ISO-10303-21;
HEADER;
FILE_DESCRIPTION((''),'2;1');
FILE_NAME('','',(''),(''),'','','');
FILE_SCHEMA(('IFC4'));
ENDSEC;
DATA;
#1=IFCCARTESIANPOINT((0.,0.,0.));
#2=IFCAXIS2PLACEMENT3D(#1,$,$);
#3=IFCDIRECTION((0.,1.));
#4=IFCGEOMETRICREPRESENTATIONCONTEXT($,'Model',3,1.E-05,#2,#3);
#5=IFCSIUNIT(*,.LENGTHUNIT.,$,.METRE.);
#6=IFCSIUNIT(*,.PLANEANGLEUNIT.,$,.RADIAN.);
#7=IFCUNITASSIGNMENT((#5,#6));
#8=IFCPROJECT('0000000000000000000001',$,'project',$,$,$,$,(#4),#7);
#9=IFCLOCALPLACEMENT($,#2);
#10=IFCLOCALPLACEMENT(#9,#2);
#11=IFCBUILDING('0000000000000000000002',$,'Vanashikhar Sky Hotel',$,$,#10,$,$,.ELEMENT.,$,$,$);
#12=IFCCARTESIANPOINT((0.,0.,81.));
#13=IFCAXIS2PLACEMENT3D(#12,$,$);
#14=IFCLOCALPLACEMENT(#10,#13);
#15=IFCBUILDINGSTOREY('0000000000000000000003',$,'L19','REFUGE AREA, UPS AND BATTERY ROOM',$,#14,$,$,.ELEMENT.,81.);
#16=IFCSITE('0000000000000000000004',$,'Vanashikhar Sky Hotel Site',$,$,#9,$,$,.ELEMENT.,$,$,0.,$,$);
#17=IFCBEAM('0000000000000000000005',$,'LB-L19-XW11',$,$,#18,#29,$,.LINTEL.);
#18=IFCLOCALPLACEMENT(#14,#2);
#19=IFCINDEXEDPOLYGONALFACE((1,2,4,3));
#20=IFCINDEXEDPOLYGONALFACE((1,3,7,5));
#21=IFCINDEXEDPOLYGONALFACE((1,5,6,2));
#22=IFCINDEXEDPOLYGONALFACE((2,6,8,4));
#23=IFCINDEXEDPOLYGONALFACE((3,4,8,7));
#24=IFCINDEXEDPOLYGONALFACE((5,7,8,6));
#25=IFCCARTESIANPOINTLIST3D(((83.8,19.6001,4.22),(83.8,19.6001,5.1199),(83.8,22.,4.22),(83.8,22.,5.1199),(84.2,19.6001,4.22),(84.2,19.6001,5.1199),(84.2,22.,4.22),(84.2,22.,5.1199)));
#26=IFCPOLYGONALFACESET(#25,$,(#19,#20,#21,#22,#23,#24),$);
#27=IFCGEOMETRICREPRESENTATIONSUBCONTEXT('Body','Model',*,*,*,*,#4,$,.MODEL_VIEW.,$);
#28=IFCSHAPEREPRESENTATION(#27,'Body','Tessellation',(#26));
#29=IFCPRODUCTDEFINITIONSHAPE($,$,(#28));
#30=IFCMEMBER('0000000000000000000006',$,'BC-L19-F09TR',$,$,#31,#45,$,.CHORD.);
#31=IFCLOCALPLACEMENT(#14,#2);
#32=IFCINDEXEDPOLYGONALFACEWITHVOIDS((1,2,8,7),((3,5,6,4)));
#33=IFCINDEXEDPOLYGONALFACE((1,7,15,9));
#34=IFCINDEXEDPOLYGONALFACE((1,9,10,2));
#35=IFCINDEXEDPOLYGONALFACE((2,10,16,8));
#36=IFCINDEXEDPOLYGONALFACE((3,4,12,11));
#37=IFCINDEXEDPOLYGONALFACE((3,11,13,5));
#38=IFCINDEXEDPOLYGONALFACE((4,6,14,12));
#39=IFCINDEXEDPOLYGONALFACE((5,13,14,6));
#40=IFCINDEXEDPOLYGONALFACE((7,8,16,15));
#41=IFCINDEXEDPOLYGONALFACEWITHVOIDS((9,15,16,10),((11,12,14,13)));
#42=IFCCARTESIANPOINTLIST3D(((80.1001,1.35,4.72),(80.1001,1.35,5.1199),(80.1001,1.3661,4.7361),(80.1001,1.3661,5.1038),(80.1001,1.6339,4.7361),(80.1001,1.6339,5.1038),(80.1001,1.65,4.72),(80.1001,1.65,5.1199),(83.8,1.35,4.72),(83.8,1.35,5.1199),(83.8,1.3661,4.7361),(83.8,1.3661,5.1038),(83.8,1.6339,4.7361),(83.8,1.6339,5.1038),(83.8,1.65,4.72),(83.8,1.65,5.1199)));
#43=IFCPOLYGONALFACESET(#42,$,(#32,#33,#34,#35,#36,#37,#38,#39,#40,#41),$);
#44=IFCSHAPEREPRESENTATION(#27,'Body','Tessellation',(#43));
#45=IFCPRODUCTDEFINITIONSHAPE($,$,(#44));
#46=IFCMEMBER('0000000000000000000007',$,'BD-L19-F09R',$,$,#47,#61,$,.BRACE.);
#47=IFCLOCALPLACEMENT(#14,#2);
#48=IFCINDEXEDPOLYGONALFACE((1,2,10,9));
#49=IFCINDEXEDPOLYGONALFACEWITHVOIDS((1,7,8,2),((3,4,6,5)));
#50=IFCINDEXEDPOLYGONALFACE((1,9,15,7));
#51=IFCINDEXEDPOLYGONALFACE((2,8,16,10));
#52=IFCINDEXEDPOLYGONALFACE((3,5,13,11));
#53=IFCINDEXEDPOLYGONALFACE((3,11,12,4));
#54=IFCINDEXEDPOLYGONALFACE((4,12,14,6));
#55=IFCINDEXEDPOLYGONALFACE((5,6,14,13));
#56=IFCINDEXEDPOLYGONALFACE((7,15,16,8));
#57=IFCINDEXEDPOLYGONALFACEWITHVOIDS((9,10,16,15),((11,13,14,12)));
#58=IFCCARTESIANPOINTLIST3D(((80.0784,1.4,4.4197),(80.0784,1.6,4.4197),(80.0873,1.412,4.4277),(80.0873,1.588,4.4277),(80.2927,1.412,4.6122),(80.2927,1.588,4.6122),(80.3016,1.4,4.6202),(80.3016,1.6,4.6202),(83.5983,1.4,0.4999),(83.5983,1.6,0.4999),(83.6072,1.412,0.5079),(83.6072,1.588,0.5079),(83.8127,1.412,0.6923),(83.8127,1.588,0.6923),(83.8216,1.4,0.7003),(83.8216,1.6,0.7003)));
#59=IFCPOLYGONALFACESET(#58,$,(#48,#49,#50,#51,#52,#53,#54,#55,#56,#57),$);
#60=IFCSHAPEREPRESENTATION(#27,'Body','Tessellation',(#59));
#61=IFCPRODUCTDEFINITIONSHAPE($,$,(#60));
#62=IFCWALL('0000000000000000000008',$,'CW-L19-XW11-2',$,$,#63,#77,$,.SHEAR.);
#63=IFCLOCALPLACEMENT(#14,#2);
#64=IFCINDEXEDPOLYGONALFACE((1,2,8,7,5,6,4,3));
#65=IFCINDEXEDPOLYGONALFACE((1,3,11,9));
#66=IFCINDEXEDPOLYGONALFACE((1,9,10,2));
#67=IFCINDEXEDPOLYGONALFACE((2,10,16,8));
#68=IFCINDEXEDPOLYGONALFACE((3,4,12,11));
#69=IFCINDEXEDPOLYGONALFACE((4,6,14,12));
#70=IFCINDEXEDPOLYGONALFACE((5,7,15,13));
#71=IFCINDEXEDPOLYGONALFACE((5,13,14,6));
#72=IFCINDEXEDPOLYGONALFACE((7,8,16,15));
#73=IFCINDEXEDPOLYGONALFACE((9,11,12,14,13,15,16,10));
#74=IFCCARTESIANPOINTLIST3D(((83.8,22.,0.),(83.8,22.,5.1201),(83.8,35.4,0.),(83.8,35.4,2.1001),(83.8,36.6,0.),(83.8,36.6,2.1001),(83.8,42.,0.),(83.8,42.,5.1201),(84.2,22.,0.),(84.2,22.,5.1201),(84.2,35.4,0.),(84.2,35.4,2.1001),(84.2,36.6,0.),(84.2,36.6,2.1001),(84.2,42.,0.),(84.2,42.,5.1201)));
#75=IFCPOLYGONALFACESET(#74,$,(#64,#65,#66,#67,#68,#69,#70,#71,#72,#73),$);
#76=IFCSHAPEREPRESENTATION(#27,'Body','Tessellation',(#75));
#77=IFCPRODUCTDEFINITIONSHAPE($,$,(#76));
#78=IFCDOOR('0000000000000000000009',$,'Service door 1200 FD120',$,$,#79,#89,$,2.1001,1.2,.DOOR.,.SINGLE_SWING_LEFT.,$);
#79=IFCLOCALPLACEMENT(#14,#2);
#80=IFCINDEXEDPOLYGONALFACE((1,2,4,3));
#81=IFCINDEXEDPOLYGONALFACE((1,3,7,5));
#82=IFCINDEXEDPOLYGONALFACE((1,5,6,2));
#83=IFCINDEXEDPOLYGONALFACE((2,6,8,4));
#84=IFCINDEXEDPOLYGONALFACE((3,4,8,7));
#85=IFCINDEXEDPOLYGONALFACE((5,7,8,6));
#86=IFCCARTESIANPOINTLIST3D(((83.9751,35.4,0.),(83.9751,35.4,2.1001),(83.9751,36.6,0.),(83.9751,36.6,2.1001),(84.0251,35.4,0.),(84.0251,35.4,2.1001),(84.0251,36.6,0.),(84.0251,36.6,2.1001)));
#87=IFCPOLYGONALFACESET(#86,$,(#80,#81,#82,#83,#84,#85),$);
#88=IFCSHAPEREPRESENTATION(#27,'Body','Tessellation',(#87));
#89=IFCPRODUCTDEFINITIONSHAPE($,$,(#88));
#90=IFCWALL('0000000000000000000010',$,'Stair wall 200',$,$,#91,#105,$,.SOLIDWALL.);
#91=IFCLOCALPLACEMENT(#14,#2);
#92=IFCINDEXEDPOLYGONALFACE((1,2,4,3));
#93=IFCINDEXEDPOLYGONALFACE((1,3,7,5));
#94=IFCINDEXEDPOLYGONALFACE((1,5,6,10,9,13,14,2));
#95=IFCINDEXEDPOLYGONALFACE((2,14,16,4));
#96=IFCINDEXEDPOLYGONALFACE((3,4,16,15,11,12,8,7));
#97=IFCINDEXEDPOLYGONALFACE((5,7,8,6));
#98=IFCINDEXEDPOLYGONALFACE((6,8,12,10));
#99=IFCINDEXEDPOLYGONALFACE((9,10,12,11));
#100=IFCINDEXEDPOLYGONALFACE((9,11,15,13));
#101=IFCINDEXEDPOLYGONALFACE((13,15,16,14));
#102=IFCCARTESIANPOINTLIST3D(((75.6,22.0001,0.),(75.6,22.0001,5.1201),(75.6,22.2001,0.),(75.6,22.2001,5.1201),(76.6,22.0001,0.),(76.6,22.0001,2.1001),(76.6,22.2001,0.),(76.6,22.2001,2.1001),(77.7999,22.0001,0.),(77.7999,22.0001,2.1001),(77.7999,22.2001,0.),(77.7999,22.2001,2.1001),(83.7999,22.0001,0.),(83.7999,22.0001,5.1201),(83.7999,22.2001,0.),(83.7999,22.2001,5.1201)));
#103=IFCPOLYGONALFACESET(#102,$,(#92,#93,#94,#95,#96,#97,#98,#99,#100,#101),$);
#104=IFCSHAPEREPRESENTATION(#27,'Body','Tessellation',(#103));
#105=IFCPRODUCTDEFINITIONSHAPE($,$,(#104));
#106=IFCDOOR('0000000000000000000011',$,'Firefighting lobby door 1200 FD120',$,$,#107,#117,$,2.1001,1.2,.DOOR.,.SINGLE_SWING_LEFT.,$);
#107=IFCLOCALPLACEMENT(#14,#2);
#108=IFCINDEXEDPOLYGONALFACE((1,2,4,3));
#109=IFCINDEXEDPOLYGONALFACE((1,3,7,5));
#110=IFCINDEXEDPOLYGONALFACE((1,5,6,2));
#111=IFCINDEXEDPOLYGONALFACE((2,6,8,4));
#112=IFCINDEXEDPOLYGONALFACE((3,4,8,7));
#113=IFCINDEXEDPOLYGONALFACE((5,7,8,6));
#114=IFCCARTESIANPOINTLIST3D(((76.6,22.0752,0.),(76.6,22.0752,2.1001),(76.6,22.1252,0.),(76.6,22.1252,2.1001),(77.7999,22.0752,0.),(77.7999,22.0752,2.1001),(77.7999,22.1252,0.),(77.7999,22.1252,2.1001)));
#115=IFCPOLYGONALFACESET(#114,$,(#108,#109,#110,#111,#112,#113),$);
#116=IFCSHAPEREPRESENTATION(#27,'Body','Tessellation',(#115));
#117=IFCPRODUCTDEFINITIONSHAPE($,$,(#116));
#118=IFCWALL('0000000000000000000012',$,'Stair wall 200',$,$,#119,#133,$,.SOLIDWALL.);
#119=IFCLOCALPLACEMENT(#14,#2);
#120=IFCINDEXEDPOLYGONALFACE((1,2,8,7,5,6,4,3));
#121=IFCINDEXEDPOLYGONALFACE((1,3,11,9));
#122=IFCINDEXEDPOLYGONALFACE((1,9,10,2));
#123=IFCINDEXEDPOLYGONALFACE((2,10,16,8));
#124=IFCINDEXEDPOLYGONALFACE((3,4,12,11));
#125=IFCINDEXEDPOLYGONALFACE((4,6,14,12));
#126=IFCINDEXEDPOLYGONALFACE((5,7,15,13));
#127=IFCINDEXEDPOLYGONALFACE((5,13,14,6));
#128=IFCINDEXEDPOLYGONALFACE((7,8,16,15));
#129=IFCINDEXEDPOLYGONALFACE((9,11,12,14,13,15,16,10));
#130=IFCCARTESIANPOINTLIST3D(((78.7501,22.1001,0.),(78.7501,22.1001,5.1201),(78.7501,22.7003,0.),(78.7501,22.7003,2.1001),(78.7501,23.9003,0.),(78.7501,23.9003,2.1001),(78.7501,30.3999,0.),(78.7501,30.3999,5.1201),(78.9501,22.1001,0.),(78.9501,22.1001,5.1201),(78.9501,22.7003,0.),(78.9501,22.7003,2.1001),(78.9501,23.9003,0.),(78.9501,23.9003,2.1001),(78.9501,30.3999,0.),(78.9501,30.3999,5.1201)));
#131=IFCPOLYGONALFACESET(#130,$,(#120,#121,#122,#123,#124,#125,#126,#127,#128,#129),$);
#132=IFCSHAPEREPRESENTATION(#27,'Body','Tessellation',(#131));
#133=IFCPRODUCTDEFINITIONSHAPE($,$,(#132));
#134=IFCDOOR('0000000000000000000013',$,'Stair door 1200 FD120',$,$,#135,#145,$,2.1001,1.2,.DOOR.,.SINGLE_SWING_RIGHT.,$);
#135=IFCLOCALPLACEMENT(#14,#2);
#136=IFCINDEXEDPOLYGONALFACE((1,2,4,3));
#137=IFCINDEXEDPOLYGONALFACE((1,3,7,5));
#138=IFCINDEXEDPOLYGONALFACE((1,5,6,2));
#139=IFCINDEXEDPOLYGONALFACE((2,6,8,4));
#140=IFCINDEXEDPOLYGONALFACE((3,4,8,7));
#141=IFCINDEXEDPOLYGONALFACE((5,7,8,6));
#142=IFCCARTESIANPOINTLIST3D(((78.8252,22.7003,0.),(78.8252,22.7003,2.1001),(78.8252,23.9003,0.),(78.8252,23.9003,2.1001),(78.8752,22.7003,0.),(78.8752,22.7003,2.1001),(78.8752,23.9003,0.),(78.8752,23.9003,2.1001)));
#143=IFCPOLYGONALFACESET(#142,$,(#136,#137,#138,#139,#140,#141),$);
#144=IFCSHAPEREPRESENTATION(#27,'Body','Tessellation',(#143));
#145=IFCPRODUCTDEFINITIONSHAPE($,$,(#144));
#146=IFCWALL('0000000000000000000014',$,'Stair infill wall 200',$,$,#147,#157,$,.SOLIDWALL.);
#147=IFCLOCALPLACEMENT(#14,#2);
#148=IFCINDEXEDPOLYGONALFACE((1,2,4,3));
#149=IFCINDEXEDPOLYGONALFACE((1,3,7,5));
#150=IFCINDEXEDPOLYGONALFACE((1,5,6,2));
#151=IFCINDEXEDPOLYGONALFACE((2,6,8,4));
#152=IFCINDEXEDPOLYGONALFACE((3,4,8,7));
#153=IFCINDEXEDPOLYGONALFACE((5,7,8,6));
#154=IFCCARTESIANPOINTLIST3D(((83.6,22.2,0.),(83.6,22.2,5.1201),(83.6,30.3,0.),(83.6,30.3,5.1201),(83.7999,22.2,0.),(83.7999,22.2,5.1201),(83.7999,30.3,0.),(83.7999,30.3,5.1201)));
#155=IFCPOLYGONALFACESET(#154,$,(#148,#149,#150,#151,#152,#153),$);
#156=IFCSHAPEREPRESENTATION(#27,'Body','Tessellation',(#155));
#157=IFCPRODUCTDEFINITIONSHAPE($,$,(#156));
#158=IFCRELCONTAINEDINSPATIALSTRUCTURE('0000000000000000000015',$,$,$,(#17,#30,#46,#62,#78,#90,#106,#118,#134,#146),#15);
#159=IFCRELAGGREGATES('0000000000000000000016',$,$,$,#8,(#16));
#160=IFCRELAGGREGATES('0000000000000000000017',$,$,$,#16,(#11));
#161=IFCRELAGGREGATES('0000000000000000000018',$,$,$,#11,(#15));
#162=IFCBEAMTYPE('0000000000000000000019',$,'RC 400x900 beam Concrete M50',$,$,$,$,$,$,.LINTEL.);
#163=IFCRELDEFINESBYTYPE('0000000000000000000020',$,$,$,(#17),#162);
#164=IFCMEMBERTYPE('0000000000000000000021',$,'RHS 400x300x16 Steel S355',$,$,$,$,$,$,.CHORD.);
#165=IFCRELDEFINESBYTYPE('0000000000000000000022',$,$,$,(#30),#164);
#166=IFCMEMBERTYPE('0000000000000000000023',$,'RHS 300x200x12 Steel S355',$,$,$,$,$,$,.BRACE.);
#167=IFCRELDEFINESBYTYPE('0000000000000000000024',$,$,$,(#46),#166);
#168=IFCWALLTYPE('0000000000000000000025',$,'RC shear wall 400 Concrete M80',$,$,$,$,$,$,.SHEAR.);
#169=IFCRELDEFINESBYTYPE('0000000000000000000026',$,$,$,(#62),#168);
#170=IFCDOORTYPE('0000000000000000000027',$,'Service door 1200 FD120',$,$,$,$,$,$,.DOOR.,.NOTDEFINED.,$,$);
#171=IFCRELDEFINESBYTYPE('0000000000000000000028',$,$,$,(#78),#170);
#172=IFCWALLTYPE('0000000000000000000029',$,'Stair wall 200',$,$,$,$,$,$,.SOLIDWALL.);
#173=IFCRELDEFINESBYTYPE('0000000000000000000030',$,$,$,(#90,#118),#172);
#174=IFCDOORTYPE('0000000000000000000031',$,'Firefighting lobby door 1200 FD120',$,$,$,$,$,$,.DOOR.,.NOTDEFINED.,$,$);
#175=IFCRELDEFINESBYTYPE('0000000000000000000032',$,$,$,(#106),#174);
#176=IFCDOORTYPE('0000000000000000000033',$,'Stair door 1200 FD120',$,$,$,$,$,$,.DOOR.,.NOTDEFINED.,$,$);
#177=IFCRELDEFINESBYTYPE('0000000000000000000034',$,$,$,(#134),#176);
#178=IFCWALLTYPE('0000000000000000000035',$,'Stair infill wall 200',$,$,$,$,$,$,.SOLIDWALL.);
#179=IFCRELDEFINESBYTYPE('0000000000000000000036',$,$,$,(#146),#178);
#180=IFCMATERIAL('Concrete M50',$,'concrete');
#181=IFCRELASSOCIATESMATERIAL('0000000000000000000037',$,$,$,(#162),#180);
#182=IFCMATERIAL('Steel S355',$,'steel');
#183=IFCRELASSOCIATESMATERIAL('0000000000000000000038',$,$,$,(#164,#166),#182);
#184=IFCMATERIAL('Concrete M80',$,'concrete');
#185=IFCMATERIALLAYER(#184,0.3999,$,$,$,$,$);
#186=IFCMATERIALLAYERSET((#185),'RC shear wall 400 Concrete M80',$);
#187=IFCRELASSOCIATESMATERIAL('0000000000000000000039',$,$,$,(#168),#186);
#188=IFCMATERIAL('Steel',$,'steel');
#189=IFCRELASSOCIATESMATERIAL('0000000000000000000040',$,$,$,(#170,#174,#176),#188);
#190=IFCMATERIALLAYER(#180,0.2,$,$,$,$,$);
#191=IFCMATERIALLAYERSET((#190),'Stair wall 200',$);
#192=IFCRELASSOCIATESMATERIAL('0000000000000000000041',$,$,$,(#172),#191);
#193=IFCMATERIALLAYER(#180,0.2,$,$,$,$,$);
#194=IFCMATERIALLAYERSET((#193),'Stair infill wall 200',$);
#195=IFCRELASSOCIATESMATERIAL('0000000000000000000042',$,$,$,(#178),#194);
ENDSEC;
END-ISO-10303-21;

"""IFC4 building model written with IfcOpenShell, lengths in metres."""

from ifc_helpers import new_model, si_unit, direction, frame, frame_2d, origin, origin_2d, place, context, subcontext, project, spatial, rectangle, hollow_rectangle, extrude, source, transform, mapped, material, layer, layer_set, material_profile, profile_set, type_object, element, fill, save


model = new_model("IFC4")

# Units and contexts
model_context = context("Model", 3, precision=1e-05, world=origin(), true_north=direction((0.0, 1.0)))
body_context = subcontext(model_context, "Body", "Model", "MODEL_VIEW")
ifc_project = project(units=[si_unit("LENGTHUNIT", "METRE"), si_unit("PLANEANGLEUNIT", "RADIAN")], contexts=[model_context])

# Site, building, storey
site_placement = place(None, origin())
site = spatial("IfcSite", under=ifc_project, at=site_placement, Name="Vanashikhar Sky Hotel Site", CompositionType="ELEMENT", RefElevation=0.0)
building_placement = place(site_placement, origin())
building = spatial("IfcBuilding", under=site, at=building_placement, Name="Vanashikhar Sky Hotel", CompositionType="ELEMENT")
storey_placement = place(building_placement, frame((0.0, 0.0, 81.0)))
storey = spatial("IfcBuildingStorey", under=building, at=storey_placement, Name="L19", Description="REFUGE AREA, UPS AND BATTERY ROOM", CompositionType="ELEMENT", Elevation=81.0)

# Beam
ifc_material_1 = material(Name="Concrete M50", Category="concrete")
ifc_material_profile_1 = material_profile(ifc_material_1, rectangle(XDim=0.3999, YDim=0.8999, at=origin_2d()))
ifc_profile_set_1 = profile_set([ifc_material_profile_1], Name="RC 400x900 beam Concrete M50")
beam_type = type_object("IfcBeamType", Name="RC 400x900 beam Concrete M50", PredefinedType="LINTEL", material=ifc_profile_set_1)
shared_shape_1 = source(origin(), body_context, "Body", "SweptSolid", [
    extrude(rectangle(XDim=0.3999, YDim=0.8999, at=origin_2d()), origin(), (0.0, 0.0, 1.0), 2.3999),
])
beam_placement = place(storey_placement, frame((84.0, 19.6001, 4.6699), z_axis=(0.0, 1.0, 0.0), x_axis=(-1.0, 0.0, 0.0)))
element("IfcBeam", 1, at=beam_placement, inside=storey, type_object=beam_type, Name="LB-L19-XW11", PredefinedType="LINTEL", context=body_context, shape_type="MappedRepresentation", body=[
    mapped(shared_shape_1, transform((0.0, 0.0, 0.0), scale=1.0)),
])

# Members
ifc_material_2 = material(Name="Steel S355", Category="steel")
ifc_material_profile_2 = material_profile(ifc_material_2, hollow_rectangle(XDim=0.3, YDim=0.3999, WallThickness=0.0161, at=origin_2d()))
ifc_profile_set_2 = profile_set([ifc_material_profile_2], Name="RHS 400x300x16 Steel S355")
member_type_1 = type_object("IfcMemberType", Name="RHS 400x300x16 Steel S355", PredefinedType="CHORD", material=ifc_profile_set_2)
shared_shape_2 = source(origin(), body_context, "Body", "SweptSolid", [
    extrude(hollow_rectangle(XDim=0.3, YDim=0.3999, WallThickness=0.0161, at=origin_2d()), origin(), (0.0, 0.0, 1.0), 3.7),
])
member_1_placement = place(storey_placement, frame((80.1001, 1.5, 4.9199), z_axis=(1.0, 0.0, 0.0), x_axis=(0.0, 1.0, 0.0)))
element("IfcMember", 2, at=member_1_placement, inside=storey, type_object=member_type_1, Name="BC-L19-F09TR", PredefinedType="CHORD", context=body_context, shape_type="MappedRepresentation", body=[
    mapped(shared_shape_2, transform((0.0, 0.0, 0.0), scale=1.0)),
])
ifc_material_profile_3 = material_profile(ifc_material_2, hollow_rectangle(XDim=0.2, YDim=0.3, WallThickness=0.012, at=origin_2d()))
ifc_profile_set_3 = profile_set([ifc_material_profile_3], Name="RHS 300x200x12 Steel S355")
member_type_2 = type_object("IfcMemberType", Name="RHS 300x200x12 Steel S355", PredefinedType="BRACE", material=ifc_profile_set_3)
shared_shape_3 = source(origin(), body_context, "Body", "SweptSolid", [
    extrude(hollow_rectangle(XDim=0.2, YDim=0.3, WallThickness=0.012, at=origin_2d()), origin(), (0.0, 0.0, 1.0), 5.2683),
])
member_2_placement = place(storey_placement, frame((83.71, 1.5, 0.6001), z_axis=(-0.668135, 0.0, 0.74404), x_axis=(0.0, -1.0, 0.0)))
element("IfcMember", 3, at=member_2_placement, inside=storey, type_object=member_type_2, Name="BD-L19-F09R", PredefinedType="BRACE", context=body_context, shape_type="MappedRepresentation", body=[
    mapped(shared_shape_3, transform((0.0, 0.0, 0.0), scale=1.0)),
])

# Walls, openings, doors
ifc_material_3 = material(Name="Concrete M80", Category="concrete")
ifc_layer_1 = layer(ifc_material_3, 0.3999)
ifc_layer_set_1 = layer_set([ifc_layer_1], Name="RC shear wall 400 Concrete M80")
wall_type_1 = type_object("IfcWallType", Name="RC shear wall 400 Concrete M80", PredefinedType="SHEAR", material=ifc_layer_set_1)
shared_shape_4 = source(origin(), body_context, "Body", "SweptSolid", [
    extrude(rectangle(XDim=20.0, YDim=0.3999, at=frame_2d((10.0, 0.0))), origin(), (0.0, 0.0, 1.0), 5.1201),
])
wall_1_placement = place(storey_placement, frame((84.0, 22.0, 0.0), z_axis=(0.0, 0.0, 1.0), x_axis=(0.0, 1.0, 0.0)))
wall_1 = element("IfcWall", 4, at=wall_1_placement, inside=storey, type_object=wall_type_1, Name="CW-L19-XW11-2", PredefinedType="SHEAR", context=body_context, shape_type="MappedRepresentation", body=[
    mapped(shared_shape_4, transform((0.0, 0.0, 0.0), scale=1.0)),
])
shared_shape_5 = source(origin(), body_context, "Body", "SweptSolid", [
    extrude(rectangle(XDim=1.2, YDim=2.1001, at=frame_2d((0.6001, 1.05))), frame((0.0, 0.21, 0.0), z_axis=(0.0, -1.0, 0.0), x_axis=(1.0, 0.0, 0.0)), (0.0, 0.0, 1.0), 0.4199),
])
opening_1_placement = place(wall_1_placement, frame((13.3999, 0.0, 0.0)))
opening_1 = element("IfcOpeningElement", 5, at=opening_1_placement, cuts=wall_1, PredefinedType="OPENING", context=body_context, shape_type="MappedRepresentation", body=[
    mapped(shared_shape_5, transform((0.0, 0.0, 0.0), scale=1.0)),
])
ifc_material_4 = material(Name="Steel", Category="steel")
door_type_1 = type_object("IfcDoorType", Name="Service door 1200 FD120", OperationType="NOTDEFINED", PredefinedType="DOOR", material=ifc_material_4)
shared_shape_6 = source(origin(), body_context, "Body", "SweptSolid", [
    extrude(rectangle(XDim=1.2, YDim=2.1001, at=frame_2d((0.6001, 1.05))), frame((0.0, 0.0249, 0.0), z_axis=(0.0, -1.0, 0.0), x_axis=(1.0, 0.0, 0.0)), (0.0, 0.0, 1.0), 0.05),
])
door_1_placement = place(opening_1_placement, origin())
door_1 = element("IfcDoor", 6, at=door_1_placement, inside=storey, type_object=door_type_1, Name="Service door 1200 FD120", OperationType="SINGLE_SWING_LEFT", OverallHeight=2.1001, OverallWidth=1.2, PredefinedType="DOOR", context=body_context, shape_type="MappedRepresentation", body=[
    mapped(shared_shape_6, transform((0.0, 0.0, 0.0), scale=1.0)),
])
fill(opening_1, door_1)
ifc_layer_2 = layer(ifc_material_1, 0.2)
ifc_layer_set_2 = layer_set([ifc_layer_2], Name="Stair wall 200")
wall_type_2 = type_object("IfcWallType", Name="Stair wall 200", PredefinedType="SOLIDWALL", material=ifc_layer_set_2)
shared_shape_7 = source(origin(), body_context, "Body", "SweptSolid", [
    extrude(rectangle(XDim=8.2, YDim=0.2, at=frame_2d((4.1001, 0.0))), origin(), (0.0, 0.0, 1.0), 5.1201),
])
wall_2_placement = place(storey_placement, frame((83.8, 22.1001, 0.0), z_axis=(0.0, 0.0, 1.0), x_axis=(-1.0, 0.0, 0.0)))
wall_2 = element("IfcWall", 7, at=wall_2_placement, inside=storey, type_object=wall_type_2, Name="Stair wall 200", PredefinedType="SOLIDWALL", context=body_context, shape_type="MappedRepresentation", body=[
    mapped(shared_shape_7, transform((0.0, 0.0, 0.0), scale=1.0)),
])
shared_shape_8 = source(origin(), body_context, "Body", "SweptSolid", [
    extrude(rectangle(XDim=1.2, YDim=2.1001, at=frame_2d((0.6001, 1.05))), frame((0.0, 0.1099, 0.0), z_axis=(0.0, -1.0, 0.0), x_axis=(1.0, 0.0, 0.0)), (0.0, 0.0, 1.0), 0.22),
])
opening_2_placement = place(wall_2_placement, frame((6.0, 0.0, 0.0)))
opening_2 = element("IfcOpeningElement", 8, at=opening_2_placement, cuts=wall_2, PredefinedType="OPENING", context=body_context, shape_type="MappedRepresentation", body=[
    mapped(shared_shape_8, transform((0.0, 0.0, 0.0), scale=1.0)),
])
door_type_2 = type_object("IfcDoorType", Name="Firefighting lobby door 1200 FD120", OperationType="NOTDEFINED", PredefinedType="DOOR", material=ifc_material_4)
door_2_placement = place(opening_2_placement, origin())
door_2 = element("IfcDoor", 9, at=door_2_placement, inside=storey, type_object=door_type_2, Name="Firefighting lobby door 1200 FD120", OperationType="SINGLE_SWING_LEFT", OverallHeight=2.1001, OverallWidth=1.2, PredefinedType="DOOR", context=body_context, shape_type="MappedRepresentation", body=[
    mapped(shared_shape_6, transform((0.0, 0.0, 0.0), scale=1.0)),
])
fill(opening_2, door_2)
shared_shape_9 = source(origin(), body_context, "Body", "SweptSolid", [
    extrude(rectangle(XDim=8.2998, YDim=0.2, at=frame_2d((4.1499, 0.0))), origin(), (0.0, 0.0, 1.0), 5.1201),
])
wall_3_placement = place(storey_placement, frame((78.8501, 22.1001, 0.0), z_axis=(0.0, 0.0, 1.0), x_axis=(0.0, 1.0, 0.0)))
wall_3 = element("IfcWall", 10, at=wall_3_placement, inside=storey, type_object=wall_type_2, Name="Stair wall 200", PredefinedType="SOLIDWALL", context=body_context, shape_type="MappedRepresentation", body=[
    mapped(shared_shape_9, transform((0.0, 0.0, 0.0), scale=1.0)),
])
opening_3_placement = place(wall_3_placement, frame((0.6001, 0.0, 0.0)))
opening_3 = element("IfcOpeningElement", 11, at=opening_3_placement, cuts=wall_3, PredefinedType="OPENING", context=body_context, shape_type="MappedRepresentation", body=[
    mapped(shared_shape_8, transform((0.0, 0.0, 0.0), scale=1.0)),
])
door_type_3 = type_object("IfcDoorType", Name="Stair door 1200 FD120", OperationType="NOTDEFINED", PredefinedType="DOOR", material=ifc_material_4)
door_3_placement = place(opening_3_placement, origin())
door_3 = element("IfcDoor", 12, at=door_3_placement, inside=storey, type_object=door_type_3, Name="Stair door 1200 FD120", OperationType="SINGLE_SWING_RIGHT", OverallHeight=2.1001, OverallWidth=1.2, PredefinedType="DOOR", context=body_context, shape_type="MappedRepresentation", body=[
    mapped(shared_shape_6, transform((0.0, 0.0, 0.0), scale=1.0)),
])
fill(opening_3, door_3)

# Wall
ifc_layer_3 = layer(ifc_material_1, 0.2)
ifc_layer_set_3 = layer_set([ifc_layer_3], Name="Stair infill wall 200")
wall_type_3 = type_object("IfcWallType", Name="Stair infill wall 200", PredefinedType="SOLIDWALL", material=ifc_layer_set_3)
shared_shape_10 = source(origin(), body_context, "Body", "SweptSolid", [
    extrude(rectangle(XDim=8.1001, YDim=0.2, at=frame_2d((4.05, 0.0))), origin(), (0.0, 0.0, 1.0), 5.1201),
])
wall_4_placement = place(storey_placement, frame((83.7, 22.2, 0.0), z_axis=(0.0, 0.0, 1.0), x_axis=(0.0, 1.0, 0.0)))
element("IfcWall", 13, at=wall_4_placement, inside=storey, type_object=wall_type_3, Name="Stair infill wall 200", PredefinedType="SOLIDWALL", context=body_context, shape_type="MappedRepresentation", body=[
    mapped(shared_shape_10, transform((0.0, 0.0, 0.0), scale=1.0)),
])

save(model, "model.ifc")
